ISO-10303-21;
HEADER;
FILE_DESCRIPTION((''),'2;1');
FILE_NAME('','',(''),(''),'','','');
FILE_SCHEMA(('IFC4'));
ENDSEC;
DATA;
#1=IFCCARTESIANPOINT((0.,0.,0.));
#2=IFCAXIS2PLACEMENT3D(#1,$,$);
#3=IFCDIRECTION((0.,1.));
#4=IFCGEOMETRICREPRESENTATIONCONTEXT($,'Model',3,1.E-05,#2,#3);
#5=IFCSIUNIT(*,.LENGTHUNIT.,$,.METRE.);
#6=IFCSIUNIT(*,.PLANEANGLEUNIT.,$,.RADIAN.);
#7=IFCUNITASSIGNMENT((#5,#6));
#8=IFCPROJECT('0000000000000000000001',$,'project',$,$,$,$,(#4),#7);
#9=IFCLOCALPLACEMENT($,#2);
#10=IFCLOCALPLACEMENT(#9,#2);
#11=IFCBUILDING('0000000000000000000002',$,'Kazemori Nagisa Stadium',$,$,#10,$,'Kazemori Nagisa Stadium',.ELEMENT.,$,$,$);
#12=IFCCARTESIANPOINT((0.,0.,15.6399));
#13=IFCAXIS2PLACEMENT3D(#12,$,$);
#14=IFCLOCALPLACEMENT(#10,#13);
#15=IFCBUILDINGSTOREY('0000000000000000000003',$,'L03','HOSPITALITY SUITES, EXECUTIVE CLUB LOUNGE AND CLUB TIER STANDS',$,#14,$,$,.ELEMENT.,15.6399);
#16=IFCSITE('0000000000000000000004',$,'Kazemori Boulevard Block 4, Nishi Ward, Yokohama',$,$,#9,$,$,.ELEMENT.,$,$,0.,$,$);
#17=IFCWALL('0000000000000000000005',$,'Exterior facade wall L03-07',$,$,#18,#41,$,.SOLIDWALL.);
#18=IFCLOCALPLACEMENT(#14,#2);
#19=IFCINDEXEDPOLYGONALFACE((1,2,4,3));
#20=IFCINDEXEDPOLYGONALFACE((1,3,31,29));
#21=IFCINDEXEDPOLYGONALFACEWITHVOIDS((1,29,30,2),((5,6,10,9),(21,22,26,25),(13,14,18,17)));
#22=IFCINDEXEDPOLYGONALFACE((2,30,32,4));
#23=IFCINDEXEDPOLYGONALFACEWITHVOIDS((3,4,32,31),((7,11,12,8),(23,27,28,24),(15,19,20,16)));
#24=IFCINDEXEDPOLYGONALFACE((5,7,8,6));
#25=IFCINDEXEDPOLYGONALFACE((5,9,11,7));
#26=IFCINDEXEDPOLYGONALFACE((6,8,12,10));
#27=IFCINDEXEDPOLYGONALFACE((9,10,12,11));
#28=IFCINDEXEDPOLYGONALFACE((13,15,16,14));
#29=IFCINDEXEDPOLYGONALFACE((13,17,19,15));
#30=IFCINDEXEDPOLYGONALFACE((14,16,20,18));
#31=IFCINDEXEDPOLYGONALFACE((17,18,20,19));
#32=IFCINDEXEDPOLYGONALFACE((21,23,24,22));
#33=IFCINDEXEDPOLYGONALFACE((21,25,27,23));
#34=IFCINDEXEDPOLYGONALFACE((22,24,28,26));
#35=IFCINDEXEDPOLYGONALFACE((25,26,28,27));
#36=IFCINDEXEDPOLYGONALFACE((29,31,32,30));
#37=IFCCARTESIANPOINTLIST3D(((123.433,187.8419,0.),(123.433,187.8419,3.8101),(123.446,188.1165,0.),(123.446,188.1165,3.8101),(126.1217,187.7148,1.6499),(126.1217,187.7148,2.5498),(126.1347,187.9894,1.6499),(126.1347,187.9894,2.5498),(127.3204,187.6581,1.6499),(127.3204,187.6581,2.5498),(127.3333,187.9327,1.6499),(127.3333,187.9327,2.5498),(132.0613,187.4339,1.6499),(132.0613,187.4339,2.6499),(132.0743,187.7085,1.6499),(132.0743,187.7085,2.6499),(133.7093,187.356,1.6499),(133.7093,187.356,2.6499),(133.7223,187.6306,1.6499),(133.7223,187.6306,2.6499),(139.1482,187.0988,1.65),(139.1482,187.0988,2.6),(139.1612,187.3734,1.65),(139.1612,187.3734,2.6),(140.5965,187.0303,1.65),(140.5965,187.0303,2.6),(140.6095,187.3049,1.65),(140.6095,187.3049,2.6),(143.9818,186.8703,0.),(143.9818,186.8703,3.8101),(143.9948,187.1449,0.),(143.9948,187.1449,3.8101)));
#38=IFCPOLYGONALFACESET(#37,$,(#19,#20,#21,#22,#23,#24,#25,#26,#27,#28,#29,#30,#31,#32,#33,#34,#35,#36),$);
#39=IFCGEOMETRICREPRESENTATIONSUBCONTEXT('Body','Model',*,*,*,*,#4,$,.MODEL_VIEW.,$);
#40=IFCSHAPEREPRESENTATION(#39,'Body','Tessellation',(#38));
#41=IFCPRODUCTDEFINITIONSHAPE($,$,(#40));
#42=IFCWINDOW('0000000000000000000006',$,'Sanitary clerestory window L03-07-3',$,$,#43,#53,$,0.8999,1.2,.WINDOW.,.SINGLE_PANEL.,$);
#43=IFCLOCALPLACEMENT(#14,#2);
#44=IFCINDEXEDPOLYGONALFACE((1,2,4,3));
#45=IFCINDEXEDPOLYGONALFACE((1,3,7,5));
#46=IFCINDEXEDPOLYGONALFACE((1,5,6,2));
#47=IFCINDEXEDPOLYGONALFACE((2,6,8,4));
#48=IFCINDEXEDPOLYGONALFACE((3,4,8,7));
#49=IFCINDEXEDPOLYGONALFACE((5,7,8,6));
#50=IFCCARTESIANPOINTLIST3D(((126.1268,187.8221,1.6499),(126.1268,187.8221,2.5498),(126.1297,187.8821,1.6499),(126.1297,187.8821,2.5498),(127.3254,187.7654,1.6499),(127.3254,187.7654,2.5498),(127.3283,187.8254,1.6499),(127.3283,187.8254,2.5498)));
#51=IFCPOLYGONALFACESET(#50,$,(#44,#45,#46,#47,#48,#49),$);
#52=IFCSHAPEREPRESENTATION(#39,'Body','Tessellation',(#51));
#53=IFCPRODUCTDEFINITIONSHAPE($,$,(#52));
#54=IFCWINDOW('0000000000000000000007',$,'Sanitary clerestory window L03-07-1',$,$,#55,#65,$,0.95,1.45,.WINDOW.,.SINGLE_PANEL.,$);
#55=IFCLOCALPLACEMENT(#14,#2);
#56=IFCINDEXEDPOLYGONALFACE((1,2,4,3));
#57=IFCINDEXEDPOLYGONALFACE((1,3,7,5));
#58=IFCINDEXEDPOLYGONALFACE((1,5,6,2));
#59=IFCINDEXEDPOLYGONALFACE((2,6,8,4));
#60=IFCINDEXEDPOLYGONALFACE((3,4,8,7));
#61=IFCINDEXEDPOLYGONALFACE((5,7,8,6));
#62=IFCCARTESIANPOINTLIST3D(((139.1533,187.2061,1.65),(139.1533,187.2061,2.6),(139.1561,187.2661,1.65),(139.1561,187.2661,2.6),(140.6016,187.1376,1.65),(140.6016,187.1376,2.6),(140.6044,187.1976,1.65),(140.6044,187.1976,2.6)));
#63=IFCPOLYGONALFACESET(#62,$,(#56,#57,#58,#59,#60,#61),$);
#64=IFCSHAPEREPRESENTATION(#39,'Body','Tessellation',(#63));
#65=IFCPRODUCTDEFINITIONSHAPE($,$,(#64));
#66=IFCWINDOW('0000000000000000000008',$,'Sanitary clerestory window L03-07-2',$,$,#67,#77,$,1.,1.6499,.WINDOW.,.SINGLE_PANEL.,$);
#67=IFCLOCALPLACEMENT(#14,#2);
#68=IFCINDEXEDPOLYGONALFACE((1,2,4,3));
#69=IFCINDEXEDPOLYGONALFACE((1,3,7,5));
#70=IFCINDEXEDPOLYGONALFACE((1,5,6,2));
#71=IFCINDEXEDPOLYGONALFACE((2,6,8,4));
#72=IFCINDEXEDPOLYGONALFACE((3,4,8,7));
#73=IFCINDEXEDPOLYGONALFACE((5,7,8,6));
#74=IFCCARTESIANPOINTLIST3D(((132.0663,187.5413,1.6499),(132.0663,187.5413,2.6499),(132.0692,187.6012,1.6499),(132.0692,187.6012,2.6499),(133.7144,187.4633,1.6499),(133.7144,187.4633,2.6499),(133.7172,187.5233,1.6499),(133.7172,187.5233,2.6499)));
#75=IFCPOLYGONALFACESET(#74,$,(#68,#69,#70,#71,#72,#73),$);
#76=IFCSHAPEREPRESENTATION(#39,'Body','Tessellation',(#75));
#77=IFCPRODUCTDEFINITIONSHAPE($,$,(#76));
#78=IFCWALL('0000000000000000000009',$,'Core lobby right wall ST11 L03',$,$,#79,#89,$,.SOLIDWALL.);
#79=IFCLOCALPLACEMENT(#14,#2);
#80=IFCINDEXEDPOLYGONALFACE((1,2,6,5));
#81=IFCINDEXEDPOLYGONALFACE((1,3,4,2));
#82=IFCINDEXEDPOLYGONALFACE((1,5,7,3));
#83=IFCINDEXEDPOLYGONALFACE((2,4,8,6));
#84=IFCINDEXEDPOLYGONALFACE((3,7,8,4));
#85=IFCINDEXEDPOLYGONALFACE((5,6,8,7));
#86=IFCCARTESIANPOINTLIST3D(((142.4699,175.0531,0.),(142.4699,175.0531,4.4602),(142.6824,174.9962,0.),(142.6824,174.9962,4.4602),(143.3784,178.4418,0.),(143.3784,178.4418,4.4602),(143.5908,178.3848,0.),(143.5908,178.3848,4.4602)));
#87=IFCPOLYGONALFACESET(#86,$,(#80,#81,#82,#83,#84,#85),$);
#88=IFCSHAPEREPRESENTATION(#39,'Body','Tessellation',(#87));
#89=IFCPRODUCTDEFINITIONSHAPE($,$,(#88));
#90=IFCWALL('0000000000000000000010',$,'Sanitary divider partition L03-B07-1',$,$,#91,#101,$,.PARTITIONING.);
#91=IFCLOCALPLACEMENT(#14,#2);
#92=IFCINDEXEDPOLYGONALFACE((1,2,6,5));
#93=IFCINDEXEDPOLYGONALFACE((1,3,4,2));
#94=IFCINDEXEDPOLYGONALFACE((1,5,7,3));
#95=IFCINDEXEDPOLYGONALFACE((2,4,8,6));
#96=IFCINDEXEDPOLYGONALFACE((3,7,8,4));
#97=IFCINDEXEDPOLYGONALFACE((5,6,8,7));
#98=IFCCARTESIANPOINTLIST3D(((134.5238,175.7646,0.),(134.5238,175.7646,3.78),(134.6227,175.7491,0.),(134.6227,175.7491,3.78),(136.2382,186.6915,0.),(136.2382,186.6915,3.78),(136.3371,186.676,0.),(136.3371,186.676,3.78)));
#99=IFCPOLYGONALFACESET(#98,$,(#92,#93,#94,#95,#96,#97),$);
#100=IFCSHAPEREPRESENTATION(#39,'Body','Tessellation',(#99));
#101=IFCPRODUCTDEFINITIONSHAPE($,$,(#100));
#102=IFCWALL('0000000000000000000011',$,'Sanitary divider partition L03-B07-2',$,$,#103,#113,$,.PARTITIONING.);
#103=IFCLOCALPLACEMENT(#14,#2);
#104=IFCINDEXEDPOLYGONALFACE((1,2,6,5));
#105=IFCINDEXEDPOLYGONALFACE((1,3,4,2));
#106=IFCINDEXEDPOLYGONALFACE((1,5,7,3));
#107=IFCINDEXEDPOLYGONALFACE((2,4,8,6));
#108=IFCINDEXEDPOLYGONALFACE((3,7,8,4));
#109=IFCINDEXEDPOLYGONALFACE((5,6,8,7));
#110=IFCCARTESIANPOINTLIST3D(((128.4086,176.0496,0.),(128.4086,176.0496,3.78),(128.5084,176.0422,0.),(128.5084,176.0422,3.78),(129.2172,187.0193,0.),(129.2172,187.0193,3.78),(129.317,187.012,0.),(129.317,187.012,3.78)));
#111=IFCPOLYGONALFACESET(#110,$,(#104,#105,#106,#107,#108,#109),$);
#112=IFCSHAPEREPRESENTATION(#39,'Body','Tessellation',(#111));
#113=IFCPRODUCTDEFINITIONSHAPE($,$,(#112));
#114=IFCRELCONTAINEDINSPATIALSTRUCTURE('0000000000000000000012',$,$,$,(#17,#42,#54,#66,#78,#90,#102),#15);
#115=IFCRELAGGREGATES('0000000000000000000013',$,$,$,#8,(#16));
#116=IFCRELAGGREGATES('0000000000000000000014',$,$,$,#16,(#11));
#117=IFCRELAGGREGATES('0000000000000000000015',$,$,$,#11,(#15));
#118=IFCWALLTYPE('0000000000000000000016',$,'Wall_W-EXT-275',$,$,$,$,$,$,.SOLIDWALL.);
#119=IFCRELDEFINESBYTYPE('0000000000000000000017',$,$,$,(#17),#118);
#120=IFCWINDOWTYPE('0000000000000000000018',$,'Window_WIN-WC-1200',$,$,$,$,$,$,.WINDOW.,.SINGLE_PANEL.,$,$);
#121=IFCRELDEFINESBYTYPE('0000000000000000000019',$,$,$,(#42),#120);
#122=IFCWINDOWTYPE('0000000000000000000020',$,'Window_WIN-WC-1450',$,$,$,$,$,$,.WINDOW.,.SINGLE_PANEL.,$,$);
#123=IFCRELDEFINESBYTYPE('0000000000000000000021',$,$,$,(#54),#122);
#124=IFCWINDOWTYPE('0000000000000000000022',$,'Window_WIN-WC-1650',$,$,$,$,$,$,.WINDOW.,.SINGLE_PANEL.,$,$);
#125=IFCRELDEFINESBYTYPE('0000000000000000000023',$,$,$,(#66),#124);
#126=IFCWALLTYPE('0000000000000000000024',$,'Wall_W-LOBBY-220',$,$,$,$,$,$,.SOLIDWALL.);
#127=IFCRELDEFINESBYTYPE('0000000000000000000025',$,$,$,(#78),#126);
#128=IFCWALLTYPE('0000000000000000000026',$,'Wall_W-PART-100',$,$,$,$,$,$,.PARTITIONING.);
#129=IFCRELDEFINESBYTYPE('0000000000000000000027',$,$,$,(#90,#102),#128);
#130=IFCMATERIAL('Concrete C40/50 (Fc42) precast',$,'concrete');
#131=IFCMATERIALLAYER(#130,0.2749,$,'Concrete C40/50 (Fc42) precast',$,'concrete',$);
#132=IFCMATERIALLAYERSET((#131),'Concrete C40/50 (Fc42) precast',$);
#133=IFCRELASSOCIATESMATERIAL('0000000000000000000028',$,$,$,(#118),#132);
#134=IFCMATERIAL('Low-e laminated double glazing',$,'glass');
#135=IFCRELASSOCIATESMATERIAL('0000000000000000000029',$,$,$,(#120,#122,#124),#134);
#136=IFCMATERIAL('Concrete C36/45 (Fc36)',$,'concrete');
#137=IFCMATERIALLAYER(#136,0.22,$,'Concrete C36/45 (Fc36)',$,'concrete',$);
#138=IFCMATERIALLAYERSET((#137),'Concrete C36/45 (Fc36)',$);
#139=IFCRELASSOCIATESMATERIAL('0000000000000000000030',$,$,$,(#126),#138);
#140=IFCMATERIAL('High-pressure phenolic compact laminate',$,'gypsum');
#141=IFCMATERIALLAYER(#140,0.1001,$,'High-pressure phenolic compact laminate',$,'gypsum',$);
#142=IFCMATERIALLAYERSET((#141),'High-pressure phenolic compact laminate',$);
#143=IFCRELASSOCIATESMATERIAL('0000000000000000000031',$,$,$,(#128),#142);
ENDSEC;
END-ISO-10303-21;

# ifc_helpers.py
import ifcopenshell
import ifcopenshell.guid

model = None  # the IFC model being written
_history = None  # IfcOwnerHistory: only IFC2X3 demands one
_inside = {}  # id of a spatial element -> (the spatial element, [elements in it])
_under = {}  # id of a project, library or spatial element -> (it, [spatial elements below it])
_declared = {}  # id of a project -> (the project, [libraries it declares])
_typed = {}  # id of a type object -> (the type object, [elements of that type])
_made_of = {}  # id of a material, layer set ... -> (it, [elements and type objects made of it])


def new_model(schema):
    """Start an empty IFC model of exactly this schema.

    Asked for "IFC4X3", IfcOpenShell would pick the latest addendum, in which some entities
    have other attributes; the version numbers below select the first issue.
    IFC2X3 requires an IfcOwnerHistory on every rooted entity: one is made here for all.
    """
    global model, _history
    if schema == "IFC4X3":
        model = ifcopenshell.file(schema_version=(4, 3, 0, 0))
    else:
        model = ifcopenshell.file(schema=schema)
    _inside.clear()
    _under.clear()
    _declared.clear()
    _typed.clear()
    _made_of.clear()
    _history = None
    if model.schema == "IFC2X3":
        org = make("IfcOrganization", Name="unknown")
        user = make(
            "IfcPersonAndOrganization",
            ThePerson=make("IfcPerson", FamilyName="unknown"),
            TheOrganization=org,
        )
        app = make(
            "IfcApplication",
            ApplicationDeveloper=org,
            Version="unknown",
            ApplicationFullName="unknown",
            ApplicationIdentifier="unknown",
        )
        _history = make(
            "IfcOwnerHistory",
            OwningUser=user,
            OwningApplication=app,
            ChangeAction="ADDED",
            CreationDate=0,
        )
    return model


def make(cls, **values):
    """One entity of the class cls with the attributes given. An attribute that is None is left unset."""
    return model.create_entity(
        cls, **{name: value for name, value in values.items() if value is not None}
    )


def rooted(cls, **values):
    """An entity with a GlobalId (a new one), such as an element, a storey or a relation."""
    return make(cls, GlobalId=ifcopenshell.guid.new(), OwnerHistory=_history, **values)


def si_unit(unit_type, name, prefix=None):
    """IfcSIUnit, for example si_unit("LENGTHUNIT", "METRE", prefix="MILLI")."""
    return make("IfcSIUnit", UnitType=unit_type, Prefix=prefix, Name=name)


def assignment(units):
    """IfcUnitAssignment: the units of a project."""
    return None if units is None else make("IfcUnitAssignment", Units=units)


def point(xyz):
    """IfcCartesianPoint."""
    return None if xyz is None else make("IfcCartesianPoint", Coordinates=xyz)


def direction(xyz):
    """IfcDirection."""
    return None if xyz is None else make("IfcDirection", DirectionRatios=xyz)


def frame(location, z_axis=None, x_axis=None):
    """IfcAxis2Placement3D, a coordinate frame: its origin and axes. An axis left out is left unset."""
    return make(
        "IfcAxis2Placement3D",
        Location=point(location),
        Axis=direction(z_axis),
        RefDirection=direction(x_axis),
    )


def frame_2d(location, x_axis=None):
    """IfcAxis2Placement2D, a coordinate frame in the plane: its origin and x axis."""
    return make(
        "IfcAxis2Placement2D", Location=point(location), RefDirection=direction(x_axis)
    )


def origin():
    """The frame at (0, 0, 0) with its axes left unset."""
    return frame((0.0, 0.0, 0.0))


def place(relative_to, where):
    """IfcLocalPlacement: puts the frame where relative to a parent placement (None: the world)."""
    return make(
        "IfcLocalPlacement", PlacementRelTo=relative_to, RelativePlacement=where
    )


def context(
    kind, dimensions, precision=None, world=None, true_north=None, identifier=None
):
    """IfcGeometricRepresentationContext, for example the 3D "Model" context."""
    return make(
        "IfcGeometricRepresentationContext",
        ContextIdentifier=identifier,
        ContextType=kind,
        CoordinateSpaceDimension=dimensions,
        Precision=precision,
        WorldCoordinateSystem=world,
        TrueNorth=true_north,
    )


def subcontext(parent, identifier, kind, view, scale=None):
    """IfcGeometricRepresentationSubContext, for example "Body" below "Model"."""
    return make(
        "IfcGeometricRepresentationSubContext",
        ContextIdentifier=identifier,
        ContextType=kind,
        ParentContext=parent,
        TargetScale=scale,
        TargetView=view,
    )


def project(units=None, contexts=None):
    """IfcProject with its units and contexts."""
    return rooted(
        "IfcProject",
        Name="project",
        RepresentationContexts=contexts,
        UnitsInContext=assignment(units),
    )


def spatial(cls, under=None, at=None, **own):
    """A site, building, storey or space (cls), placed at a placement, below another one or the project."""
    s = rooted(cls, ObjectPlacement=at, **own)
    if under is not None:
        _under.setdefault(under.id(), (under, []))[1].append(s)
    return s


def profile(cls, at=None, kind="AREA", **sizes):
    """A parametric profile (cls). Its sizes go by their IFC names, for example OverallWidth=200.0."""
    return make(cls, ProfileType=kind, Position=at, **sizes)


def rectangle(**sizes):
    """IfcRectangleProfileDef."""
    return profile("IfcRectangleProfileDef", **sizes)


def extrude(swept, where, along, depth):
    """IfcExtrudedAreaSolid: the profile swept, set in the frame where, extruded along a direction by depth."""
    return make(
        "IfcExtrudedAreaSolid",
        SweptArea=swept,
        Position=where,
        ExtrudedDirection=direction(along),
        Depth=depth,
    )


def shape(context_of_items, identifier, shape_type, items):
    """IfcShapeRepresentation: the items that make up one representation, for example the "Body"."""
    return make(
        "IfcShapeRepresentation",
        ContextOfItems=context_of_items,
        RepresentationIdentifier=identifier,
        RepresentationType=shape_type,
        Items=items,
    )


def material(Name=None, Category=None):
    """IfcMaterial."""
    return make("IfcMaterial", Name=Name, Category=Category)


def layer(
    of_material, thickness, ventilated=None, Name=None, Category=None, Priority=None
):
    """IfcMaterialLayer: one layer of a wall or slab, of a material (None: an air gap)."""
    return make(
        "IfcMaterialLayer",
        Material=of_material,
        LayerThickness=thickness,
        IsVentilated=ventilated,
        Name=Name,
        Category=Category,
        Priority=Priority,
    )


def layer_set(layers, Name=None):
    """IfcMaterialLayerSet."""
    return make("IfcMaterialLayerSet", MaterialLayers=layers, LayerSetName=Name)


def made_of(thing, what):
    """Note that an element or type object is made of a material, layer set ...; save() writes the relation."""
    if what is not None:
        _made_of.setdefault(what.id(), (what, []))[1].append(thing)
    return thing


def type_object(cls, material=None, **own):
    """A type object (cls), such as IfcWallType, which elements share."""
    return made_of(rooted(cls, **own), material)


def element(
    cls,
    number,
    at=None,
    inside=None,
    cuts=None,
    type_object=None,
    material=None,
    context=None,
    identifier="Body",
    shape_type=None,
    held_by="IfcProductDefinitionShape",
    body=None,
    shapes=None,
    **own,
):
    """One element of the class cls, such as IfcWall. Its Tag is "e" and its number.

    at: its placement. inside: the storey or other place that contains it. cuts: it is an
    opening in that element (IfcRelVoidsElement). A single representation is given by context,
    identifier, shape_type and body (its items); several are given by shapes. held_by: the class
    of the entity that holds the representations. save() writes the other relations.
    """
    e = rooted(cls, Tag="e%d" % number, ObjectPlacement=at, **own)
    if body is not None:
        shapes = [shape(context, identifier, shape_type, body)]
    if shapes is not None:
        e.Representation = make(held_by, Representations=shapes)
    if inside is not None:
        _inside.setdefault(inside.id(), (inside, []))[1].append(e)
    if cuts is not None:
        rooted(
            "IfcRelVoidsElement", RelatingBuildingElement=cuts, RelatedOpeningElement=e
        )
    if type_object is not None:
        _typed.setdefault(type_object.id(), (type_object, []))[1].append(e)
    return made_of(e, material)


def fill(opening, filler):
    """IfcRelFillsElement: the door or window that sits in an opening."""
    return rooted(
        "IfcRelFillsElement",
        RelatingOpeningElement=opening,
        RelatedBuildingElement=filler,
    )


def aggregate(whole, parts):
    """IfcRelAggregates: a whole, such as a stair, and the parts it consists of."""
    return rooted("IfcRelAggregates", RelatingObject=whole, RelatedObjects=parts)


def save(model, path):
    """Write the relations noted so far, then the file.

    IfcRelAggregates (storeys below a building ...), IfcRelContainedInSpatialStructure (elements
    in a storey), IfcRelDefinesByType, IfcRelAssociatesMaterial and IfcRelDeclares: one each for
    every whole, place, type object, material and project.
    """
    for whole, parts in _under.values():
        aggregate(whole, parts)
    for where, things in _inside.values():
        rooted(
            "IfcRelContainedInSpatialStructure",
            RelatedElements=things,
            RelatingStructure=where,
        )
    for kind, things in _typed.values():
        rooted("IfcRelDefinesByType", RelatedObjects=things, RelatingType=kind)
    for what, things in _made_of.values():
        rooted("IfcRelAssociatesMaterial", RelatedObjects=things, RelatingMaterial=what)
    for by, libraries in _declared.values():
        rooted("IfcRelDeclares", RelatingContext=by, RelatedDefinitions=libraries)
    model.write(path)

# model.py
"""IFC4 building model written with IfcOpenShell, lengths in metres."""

from ifc_helpers import new_model, si_unit, direction, frame, frame_2d, origin, place, context, subcontext, project, spatial, rectangle, extrude, material, layer, layer_set, type_object, element, fill, save


model = new_model("IFC4")

# Units and contexts
model_context = context("Model", 3, precision=1e-05, world=origin(), true_north=direction((0.0, 1.0)))
body_context = subcontext(model_context, "Body", "Model", "MODEL_VIEW")
ifc_project = project(units=[si_unit("LENGTHUNIT", "METRE"), si_unit("PLANEANGLEUNIT", "RADIAN")], contexts=[model_context])

# Site, building, storey
site_placement = place(None, origin())
site = spatial("IfcSite", under=ifc_project, at=site_placement, Name="Kazemori Boulevard Block 4, Nishi Ward, Yokohama", CompositionType="ELEMENT", RefElevation=0.0)
building_placement = place(site_placement, origin())
building = spatial("IfcBuilding", under=site, at=building_placement, Name="Kazemori Nagisa Stadium", LongName="Kazemori Nagisa Stadium", CompositionType="ELEMENT")
storey_placement = place(building_placement, frame((0.0, 0.0, 15.6399)))
storey = spatial("IfcBuildingStorey", under=building, at=storey_placement, Name="L03", Description="HOSPITALITY SUITES, EXECUTIVE CLUB LOUNGE AND CLUB TIER STANDS", CompositionType="ELEMENT", Elevation=15.6399)

# Shared definitions
ifc_material_1 = material(Name="Low-e laminated double glazing", Category="glass")

# Wall, openings, windows
ifc_material_2 = material(Name="Concrete C40/50 (Fc42) precast", Category="concrete")
ifc_layer_1 = layer(ifc_material_2, 0.2749, Name="Concrete C40/50 (Fc42) precast", Category="concrete")
ifc_layer_set_1 = layer_set([ifc_layer_1], Name="Concrete C40/50 (Fc42) precast")
wall_type_1 = type_object("IfcWallType", Name="Wall_W-EXT-275", PredefinedType="SOLIDWALL", material=ifc_layer_set_1)
wall_1_placement = place(storey_placement, frame((143.9883, 187.0076, 0.0), z_axis=(0.0, 0.0, 1.0), x_axis=(-0.998884, 0.047234, 0.0)))
wall_1 = element("IfcWall", 1, at=wall_1_placement, inside=storey, type_object=wall_type_1, Name="Exterior facade wall L03-07", PredefinedType="SOLIDWALL", context=body_context, shape_type="SweptSolid", body=[
    extrude(rectangle(XDim=20.5718, YDim=0.2749, at=frame_2d((10.2859, 0.0))), origin(), (0.0, 0.0, 1.0), 3.8101),
])
opening_1_placement = place(wall_1_placement, frame((3.3889, 0.0, 1.6499)))
opening_1 = element("IfcOpeningElement", 2, at=opening_1_placement, cuts=wall_1, PredefinedType="OPENING", context=body_context, shape_type="SweptSolid", body=[
    extrude(rectangle(XDim=1.45, YDim=0.95, at=frame_2d((0.7251, 0.4751))), frame((0.0, 0.1475, 0.0), z_axis=(0.0, -1.0, 0.0), x_axis=(1.0, 0.0, 0.0)), (0.0, 0.0, 1.0), 0.2949),
])
opening_2_placement = place(wall_1_placement, frame((10.2839, 0.0, 1.6499)))
opening_2 = element("IfcOpeningElement", 3, at=opening_2_placement, cuts=wall_1, PredefinedType="OPENING", context=body_context, shape_type="SweptSolid", body=[
    extrude(rectangle(XDim=1.6499, YDim=1.0, at=frame_2d((0.825, 0.5))), frame((0.0, 0.1475, 0.0), z_axis=(0.0, -1.0, 0.0), x_axis=(1.0, 0.0, 0.0)), (0.0, 0.0, 1.0), 0.2949),
])
opening_3_placement = place(wall_1_placement, frame((16.6799, 0.0, 1.6499)))
opening_3 = element("IfcOpeningElement", 4, at=opening_3_placement, cuts=wall_1, PredefinedType="OPENING", context=body_context, shape_type="SweptSolid", body=[
    extrude(rectangle(XDim=1.2, YDim=0.8999, at=frame_2d((0.6001, 0.45))), frame((0.0, 0.1475, 0.0), z_axis=(0.0, -1.0, 0.0), x_axis=(1.0, 0.0, 0.0)), (0.0, 0.0, 1.0), 0.2949),
])
window_type_1 = type_object("IfcWindowType", Name="Window_WIN-WC-1200", PartitioningType="SINGLE_PANEL", PredefinedType="WINDOW", material=ifc_material_1)
window_1_placement = place(opening_3_placement, origin())
window_1 = element("IfcWindow", 5, at=window_1_placement, inside=storey, type_object=window_type_1, Name="Sanitary clerestory window L03-07-3", OverallHeight=0.8999, OverallWidth=1.2, PartitioningType="SINGLE_PANEL", PredefinedType="WINDOW", context=body_context, shape_type="SweptSolid", body=[
    extrude(rectangle(XDim=1.2, YDim=0.8999, at=frame_2d((0.6001, 0.45))), frame((0.0, 0.03, 0.0), z_axis=(0.0, -1.0, 0.0), x_axis=(1.0, 0.0, 0.0)), (0.0, 0.0, 1.0), 0.0601),
])
fill(opening_3, window_1)
window_type_2 = type_object("IfcWindowType", Name="Window_WIN-WC-1450", PartitioningType="SINGLE_PANEL", PredefinedType="WINDOW", material=ifc_material_1)
window_2_placement = place(opening_1_placement, origin())
window_2 = element("IfcWindow", 6, at=window_2_placement, inside=storey, type_object=window_type_2, Name="Sanitary clerestory window L03-07-1", OverallHeight=0.95, OverallWidth=1.45, PartitioningType="SINGLE_PANEL", PredefinedType="WINDOW", context=body_context, shape_type="SweptSolid", body=[
    extrude(rectangle(XDim=1.45, YDim=0.95, at=frame_2d((0.7251, 0.4751))), frame((0.0, 0.03, 0.0), z_axis=(0.0, -1.0, 0.0), x_axis=(1.0, 0.0, 0.0)), (0.0, 0.0, 1.0), 0.0601),
])
fill(opening_1, window_2)
window_type_3 = type_object("IfcWindowType", Name="Window_WIN-WC-1650", PartitioningType="SINGLE_PANEL", PredefinedType="WINDOW", material=ifc_material_1)
window_3_placement = place(opening_2_placement, origin())
window_3 = element("IfcWindow", 7, at=window_3_placement, inside=storey, type_object=window_type_3, Name="Sanitary clerestory window L03-07-2", OverallHeight=1.0, OverallWidth=1.6499, PartitioningType="SINGLE_PANEL", PredefinedType="WINDOW", context=body_context, shape_type="SweptSolid", body=[
    extrude(rectangle(XDim=1.6499, YDim=1.0, at=frame_2d((0.825, 0.5))), frame((0.0, 0.03, 0.0), z_axis=(0.0, -1.0, 0.0), x_axis=(1.0, 0.0, 0.0)), (0.0, 0.0, 1.0), 0.0601),
])
fill(opening_2, window_3)

# Walls
ifc_material_3 = material(Name="Concrete C36/45 (Fc36)", Category="concrete")
ifc_layer_2 = layer(ifc_material_3, 0.22, Name="Concrete C36/45 (Fc36)", Category="concrete")
ifc_layer_set_2 = layer_set([ifc_layer_2], Name="Concrete C36/45 (Fc36)")
wall_type_2 = type_object("IfcWallType", Name="Wall_W-LOBBY-220", PredefinedType="SOLIDWALL", material=ifc_layer_set_2)
wall_2_placement = place(storey_placement, frame((142.5762, 175.0247, 0.0), z_axis=(0.0, 0.0, 1.0), x_axis=(0.25894, 0.965893, 0.0)))
element("IfcWall", 8, at=wall_2_placement, inside=storey, type_object=wall_type_2, Name="Core lobby right wall ST11 L03", PredefinedType="SOLIDWALL", context=body_context, shape_type="SweptSolid", body=[
    extrude(rectangle(XDim=3.5083, YDim=0.22, at=frame_2d((1.7542, 0.0))), origin(), (0.0, 0.0, 1.0), 4.4602),
])
ifc_material_4 = material(Name="High-pressure phenolic compact laminate", Category="gypsum")
ifc_layer_3 = layer(ifc_material_4, 0.1001, Name="High-pressure phenolic compact laminate", Category="gypsum")
ifc_layer_set_3 = layer_set([ifc_layer_3], Name="High-pressure phenolic compact laminate")
wall_type_3 = type_object("IfcWallType", Name="Wall_W-PART-100", PredefinedType="PARTITIONING", material=ifc_layer_set_3)
wall_3_placement = place(storey_placement, frame((134.5732, 175.7568, 0.0), z_axis=(0.0, 0.0, 1.0), x_axis=(0.154999, 0.987915, 0.0)))
element("IfcWall", 9, at=wall_3_placement, inside=storey, type_object=wall_type_3, Name="Sanitary divider partition L03-B07-1", PredefinedType="PARTITIONING", context=body_context, shape_type="SweptSolid", body=[
    extrude(rectangle(XDim=11.0605, YDim=0.1001, at=frame_2d((5.5303, 0.0))), origin(), (0.0, 0.0, 1.0), 3.78),
])
wall_4_placement = place(storey_placement, frame((128.4585, 176.0459, 0.0), z_axis=(0.0, 0.0, 1.0), x_axis=(0.073512, 0.997294, 0.0)))
element("IfcWall", 10, at=wall_4_placement, inside=storey, type_object=wall_type_3, Name="Sanitary divider partition L03-B07-2", PredefinedType="PARTITIONING", context=body_context, shape_type="SweptSolid", body=[
    extrude(rectangle(XDim=10.9995, YDim=0.1001, at=frame_2d((5.4998, 0.0))), origin(), (0.0, 0.0, 1.0), 3.78),
])

save(model, "model.ifc")
